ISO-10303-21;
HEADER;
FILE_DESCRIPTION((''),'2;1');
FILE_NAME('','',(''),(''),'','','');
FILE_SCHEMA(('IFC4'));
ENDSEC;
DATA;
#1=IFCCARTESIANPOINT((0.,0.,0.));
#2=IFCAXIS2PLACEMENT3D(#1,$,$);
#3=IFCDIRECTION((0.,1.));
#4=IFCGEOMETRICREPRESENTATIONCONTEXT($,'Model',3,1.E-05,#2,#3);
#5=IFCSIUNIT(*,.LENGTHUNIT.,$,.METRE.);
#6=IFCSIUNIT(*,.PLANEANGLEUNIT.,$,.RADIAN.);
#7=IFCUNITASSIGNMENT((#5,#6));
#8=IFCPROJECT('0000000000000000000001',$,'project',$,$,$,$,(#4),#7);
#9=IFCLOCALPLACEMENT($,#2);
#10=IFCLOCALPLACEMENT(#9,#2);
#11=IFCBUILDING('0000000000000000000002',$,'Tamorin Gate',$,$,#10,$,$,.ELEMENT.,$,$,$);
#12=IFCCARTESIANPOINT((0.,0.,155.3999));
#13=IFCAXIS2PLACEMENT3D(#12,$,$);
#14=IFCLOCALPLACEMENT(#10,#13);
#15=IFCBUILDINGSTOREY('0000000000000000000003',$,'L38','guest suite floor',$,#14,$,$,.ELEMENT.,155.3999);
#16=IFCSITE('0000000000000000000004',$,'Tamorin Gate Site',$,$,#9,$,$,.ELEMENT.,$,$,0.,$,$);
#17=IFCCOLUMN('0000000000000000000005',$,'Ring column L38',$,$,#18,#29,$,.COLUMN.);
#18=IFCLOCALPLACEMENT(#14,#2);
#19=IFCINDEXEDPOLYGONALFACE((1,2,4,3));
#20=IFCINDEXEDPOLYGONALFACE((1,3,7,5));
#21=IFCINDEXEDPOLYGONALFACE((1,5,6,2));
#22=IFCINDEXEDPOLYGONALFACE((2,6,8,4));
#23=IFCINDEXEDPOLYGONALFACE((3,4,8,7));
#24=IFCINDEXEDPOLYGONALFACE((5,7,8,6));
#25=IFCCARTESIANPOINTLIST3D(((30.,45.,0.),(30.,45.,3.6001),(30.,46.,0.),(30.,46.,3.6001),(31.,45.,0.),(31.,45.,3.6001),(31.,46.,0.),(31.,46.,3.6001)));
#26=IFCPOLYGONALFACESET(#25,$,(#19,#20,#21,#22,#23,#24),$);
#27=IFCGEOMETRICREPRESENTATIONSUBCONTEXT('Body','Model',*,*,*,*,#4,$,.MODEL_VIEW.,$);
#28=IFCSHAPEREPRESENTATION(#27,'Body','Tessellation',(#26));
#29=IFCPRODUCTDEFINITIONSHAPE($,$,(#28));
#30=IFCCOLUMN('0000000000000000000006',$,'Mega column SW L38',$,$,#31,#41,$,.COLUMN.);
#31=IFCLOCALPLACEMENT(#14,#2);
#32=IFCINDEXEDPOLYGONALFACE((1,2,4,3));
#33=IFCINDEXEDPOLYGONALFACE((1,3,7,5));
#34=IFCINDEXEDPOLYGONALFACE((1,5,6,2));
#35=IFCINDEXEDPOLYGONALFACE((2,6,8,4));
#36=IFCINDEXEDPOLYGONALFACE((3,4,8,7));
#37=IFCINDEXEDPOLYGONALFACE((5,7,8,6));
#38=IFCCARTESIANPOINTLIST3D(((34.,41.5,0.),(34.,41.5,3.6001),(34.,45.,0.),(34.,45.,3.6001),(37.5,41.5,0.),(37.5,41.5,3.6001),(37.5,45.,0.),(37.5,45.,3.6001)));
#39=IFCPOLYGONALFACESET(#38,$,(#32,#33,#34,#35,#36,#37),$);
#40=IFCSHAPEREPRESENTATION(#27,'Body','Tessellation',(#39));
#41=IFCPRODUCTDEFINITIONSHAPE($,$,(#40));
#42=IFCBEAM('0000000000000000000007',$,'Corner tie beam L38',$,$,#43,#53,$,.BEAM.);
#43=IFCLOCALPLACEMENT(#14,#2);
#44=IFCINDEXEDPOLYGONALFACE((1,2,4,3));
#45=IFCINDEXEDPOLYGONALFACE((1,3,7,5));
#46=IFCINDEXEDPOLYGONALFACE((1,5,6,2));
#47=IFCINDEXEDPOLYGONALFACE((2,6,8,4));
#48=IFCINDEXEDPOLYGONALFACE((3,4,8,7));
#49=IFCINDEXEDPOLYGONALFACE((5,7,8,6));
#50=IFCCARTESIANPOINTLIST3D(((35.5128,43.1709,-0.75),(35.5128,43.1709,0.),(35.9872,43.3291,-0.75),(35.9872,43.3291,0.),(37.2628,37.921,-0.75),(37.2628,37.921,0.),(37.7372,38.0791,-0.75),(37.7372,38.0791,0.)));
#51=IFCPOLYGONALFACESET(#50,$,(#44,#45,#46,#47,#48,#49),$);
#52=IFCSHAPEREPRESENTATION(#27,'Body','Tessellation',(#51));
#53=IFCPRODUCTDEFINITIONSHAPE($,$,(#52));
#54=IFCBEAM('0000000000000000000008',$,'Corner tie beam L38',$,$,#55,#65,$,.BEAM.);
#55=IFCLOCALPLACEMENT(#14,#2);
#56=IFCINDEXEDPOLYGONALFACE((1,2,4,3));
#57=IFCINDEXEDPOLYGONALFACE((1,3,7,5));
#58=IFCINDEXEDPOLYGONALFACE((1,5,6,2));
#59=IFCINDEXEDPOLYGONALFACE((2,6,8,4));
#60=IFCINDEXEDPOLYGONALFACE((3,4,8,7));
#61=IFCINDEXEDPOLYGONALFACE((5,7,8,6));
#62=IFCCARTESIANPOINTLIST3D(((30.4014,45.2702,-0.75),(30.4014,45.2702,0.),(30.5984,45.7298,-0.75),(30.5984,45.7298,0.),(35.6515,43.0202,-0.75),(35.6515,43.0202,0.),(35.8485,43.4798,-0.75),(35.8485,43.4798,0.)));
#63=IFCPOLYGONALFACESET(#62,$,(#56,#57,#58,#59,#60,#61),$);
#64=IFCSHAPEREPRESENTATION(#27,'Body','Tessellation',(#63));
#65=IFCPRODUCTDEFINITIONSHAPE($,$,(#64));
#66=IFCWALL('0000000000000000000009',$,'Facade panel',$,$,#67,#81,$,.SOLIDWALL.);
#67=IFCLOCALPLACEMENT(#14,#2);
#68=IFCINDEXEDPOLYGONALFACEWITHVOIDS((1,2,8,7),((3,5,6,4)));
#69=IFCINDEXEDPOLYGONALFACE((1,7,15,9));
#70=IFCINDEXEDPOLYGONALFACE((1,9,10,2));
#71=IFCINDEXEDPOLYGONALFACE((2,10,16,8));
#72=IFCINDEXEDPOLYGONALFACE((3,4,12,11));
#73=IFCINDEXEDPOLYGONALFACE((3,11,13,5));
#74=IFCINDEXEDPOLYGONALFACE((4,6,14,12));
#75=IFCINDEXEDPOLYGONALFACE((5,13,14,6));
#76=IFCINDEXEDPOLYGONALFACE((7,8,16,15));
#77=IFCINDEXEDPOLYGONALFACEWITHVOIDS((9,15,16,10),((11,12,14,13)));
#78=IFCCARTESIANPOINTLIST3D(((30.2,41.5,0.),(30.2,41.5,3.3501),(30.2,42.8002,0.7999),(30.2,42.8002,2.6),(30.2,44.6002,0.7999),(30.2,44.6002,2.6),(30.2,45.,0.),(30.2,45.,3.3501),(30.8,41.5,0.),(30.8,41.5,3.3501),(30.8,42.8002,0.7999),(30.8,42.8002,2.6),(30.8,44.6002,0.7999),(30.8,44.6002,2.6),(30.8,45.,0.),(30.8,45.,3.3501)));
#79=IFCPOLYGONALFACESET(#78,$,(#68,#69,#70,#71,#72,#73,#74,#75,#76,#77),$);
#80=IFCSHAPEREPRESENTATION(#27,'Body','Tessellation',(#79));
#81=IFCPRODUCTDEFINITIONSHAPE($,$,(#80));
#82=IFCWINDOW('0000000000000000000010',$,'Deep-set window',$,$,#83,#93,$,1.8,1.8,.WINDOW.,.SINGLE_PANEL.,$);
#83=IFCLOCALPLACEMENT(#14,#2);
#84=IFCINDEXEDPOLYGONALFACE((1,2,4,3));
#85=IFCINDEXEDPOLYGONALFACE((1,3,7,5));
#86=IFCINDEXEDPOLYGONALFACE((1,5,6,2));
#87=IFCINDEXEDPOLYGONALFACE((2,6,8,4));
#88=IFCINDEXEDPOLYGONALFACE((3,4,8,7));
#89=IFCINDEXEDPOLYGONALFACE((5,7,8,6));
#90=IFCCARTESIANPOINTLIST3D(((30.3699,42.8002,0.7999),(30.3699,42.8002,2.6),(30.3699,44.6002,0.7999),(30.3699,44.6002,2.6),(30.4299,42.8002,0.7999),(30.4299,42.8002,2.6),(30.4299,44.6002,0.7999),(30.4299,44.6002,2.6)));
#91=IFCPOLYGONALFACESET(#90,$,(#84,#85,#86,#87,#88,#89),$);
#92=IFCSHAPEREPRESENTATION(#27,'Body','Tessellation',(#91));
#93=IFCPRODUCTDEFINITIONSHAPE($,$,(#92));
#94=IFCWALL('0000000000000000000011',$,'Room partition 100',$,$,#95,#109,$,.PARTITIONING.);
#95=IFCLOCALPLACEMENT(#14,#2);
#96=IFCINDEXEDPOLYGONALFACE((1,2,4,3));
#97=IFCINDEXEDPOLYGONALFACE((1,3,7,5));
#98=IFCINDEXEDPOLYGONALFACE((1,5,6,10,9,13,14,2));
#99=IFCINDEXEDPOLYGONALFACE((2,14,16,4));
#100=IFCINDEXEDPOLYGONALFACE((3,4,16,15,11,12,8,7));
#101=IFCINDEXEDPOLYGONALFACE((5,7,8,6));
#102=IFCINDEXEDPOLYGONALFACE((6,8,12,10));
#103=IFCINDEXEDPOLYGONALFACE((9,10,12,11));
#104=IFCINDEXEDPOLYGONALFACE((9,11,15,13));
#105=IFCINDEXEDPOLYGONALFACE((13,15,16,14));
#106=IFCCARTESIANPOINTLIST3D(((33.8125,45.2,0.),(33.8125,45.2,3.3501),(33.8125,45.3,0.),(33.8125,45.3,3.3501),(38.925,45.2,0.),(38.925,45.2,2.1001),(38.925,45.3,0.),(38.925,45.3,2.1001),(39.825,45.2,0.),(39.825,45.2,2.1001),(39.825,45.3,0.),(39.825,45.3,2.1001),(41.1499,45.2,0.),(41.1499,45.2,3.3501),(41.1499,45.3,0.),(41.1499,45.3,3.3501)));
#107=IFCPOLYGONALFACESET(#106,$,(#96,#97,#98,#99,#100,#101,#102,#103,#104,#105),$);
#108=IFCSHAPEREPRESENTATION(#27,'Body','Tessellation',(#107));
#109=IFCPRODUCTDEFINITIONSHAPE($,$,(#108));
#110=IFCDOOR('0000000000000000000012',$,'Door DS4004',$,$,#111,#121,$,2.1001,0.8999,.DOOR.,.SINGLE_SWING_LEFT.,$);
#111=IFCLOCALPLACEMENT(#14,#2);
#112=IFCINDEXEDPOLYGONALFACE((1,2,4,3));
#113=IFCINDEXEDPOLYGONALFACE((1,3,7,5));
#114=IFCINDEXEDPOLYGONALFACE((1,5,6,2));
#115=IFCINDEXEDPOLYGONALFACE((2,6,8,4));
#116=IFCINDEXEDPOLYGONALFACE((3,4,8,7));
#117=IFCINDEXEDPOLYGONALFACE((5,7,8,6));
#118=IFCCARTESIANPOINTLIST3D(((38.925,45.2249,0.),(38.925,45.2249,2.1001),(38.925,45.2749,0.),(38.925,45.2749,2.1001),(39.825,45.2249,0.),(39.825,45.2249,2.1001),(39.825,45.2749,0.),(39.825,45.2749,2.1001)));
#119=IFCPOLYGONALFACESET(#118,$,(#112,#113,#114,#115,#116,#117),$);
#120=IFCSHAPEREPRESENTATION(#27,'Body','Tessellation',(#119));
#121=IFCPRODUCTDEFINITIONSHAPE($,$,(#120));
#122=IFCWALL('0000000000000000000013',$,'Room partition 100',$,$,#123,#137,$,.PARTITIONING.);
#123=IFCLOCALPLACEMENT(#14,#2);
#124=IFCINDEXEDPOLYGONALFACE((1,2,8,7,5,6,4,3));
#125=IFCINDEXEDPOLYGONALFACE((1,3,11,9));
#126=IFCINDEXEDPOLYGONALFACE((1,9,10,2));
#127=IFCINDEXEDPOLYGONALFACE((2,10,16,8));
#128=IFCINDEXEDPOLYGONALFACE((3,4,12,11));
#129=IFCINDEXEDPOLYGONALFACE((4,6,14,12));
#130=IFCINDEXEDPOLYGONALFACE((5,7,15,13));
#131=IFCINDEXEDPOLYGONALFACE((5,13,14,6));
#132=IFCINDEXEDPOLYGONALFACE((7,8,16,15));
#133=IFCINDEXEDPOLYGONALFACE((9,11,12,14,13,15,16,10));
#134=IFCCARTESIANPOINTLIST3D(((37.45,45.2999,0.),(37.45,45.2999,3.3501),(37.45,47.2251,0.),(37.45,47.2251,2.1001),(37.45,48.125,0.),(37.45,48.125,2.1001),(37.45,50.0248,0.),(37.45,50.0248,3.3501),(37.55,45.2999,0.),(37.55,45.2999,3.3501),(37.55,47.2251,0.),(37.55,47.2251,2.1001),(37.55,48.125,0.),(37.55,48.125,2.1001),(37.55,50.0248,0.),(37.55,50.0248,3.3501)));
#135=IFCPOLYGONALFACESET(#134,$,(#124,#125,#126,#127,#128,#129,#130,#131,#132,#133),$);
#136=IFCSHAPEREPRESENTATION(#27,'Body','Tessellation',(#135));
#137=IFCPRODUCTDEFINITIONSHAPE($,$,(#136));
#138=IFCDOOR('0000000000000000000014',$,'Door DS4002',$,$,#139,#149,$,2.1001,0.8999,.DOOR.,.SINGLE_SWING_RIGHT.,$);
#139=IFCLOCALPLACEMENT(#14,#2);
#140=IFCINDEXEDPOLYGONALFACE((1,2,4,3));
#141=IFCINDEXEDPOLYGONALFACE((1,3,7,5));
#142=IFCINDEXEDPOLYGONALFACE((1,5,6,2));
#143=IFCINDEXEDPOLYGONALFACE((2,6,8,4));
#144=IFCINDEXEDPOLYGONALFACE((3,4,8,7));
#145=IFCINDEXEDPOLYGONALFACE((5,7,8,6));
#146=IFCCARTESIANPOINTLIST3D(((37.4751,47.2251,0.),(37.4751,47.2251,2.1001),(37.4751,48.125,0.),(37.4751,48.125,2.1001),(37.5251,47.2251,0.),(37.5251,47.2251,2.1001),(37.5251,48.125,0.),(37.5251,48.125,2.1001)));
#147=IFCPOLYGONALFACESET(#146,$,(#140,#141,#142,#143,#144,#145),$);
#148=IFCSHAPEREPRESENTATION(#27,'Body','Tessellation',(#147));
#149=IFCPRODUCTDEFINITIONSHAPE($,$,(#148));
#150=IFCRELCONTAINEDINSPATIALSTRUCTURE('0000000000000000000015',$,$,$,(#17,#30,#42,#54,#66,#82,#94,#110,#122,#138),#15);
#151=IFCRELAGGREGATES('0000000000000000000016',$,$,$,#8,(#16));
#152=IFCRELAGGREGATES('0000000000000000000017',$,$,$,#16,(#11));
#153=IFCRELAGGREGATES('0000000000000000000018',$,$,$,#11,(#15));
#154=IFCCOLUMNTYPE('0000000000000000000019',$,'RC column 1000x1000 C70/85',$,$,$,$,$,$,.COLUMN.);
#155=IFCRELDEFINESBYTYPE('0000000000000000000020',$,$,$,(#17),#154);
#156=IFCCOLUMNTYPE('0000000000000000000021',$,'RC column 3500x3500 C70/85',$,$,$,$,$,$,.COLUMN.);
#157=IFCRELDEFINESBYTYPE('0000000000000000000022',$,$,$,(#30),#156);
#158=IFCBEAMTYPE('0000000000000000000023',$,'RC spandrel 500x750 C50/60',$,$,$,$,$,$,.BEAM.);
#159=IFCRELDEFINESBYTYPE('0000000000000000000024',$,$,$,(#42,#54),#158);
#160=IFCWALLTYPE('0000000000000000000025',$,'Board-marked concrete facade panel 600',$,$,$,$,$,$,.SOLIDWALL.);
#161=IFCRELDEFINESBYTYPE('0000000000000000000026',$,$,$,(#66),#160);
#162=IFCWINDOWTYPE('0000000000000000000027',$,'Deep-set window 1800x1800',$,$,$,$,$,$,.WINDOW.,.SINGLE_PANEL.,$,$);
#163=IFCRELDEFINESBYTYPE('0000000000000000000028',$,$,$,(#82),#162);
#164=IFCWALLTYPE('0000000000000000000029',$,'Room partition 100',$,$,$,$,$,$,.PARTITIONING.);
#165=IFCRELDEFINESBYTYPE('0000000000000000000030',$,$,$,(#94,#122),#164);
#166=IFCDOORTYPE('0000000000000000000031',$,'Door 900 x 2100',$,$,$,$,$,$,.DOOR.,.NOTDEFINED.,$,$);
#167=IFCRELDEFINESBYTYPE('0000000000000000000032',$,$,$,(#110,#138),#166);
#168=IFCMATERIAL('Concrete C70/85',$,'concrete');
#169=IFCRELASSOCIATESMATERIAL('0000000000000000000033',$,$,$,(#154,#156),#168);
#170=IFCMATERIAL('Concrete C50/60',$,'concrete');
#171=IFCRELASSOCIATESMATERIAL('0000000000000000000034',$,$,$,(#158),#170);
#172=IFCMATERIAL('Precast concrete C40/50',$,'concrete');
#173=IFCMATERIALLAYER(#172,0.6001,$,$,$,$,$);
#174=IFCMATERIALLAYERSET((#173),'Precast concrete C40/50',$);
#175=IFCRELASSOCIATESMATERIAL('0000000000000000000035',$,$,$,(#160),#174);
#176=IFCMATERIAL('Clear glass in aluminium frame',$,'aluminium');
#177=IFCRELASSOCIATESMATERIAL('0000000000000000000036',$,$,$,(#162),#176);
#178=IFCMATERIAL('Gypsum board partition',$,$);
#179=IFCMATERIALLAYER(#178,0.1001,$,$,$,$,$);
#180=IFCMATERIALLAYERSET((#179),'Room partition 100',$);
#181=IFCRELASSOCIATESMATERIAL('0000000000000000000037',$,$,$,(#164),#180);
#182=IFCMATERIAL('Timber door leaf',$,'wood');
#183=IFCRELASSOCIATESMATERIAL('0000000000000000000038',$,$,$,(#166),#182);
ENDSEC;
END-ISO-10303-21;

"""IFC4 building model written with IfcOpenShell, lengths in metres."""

from ifc_helpers import new_model, si_unit, direction, frame, frame_2d, origin, origin_2d, place, context, subcontext, project, spatial, rectangle, extrude, material, layer, layer_set, material_profile, profile_set, type_object, element, fill, save


model = new_model("IFC4")

# Units and contexts
model_context = context("Model", 3, precision=1e-05, world=origin(), true_north=direction((0.0, 1.0)))
body_context = subcontext(model_context, "Body", "Model", "MODEL_VIEW")
ifc_project = project(units=[si_unit("LENGTHUNIT", "METRE"), si_unit("PLANEANGLEUNIT", "RADIAN")], contexts=[model_context])

# Site, building, storey
site_placement = place(None, origin())
site = spatial("IfcSite", under=ifc_project, at=site_placement, Name="Tamorin Gate Site", CompositionType="ELEMENT", RefElevation=0.0)
building_placement = place(site_placement, origin())
building = spatial("IfcBuilding", under=site, at=building_placement, Name="Tamorin Gate", CompositionType="ELEMENT")
storey_placement = place(building_placement, frame((0.0, 0.0, 155.3999)))
storey = spatial("IfcBuildingStorey", under=building, at=storey_placement, Name="L38", Description="guest suite floor", CompositionType="ELEMENT", Elevation=155.3999)

# Columns
ifc_material_1 = material(Name="Concrete C70/85", Category="concrete")
ifc_material_profile_1 = material_profile(ifc_material_1, rectangle(XDim=1.0, YDim=1.0, at=origin_2d()), Name="RC 1000x1000")
ifc_profile_set_1 = profile_set([ifc_material_profile_1], Name="Concrete C70/85")
column_type_1 = type_object("IfcColumnType", Name="RC column 1000x1000 C70/85", PredefinedType="COLUMN", material=ifc_profile_set_1)
column_1_placement = place(storey_placement, frame((30.5, 45.5, 0.0), z_axis=(0.0, 0.0, 1.0), x_axis=(1.0, 0.0, 0.0)))
element("IfcColumn", 1, at=column_1_placement, inside=storey, type_object=column_type_1, Name="Ring column L38", PredefinedType="COLUMN", context=body_context, shape_type="SweptSolid", body=[
    extrude(rectangle(XDim=1.0, YDim=1.0, at=origin_2d()), origin(), (0.0, 0.0, 1.0), 3.6001),
])
ifc_material_profile_2 = material_profile(ifc_material_1, rectangle(XDim=3.5, YDim=3.5, at=origin_2d()), Name="RC 3500x3500")
ifc_profile_set_2 = profile_set([ifc_material_profile_2], Name="Concrete C70/85")
column_type_2 = type_object("IfcColumnType", Name="RC column 3500x3500 C70/85", PredefinedType="COLUMN", material=ifc_profile_set_2)
column_2_placement = place(storey_placement, frame((35.75, 43.25, 0.0), z_axis=(0.0, 0.0, 1.0), x_axis=(1.0, 0.0, 0.0)))
element("IfcColumn", 2, at=column_2_placement, inside=storey, type_object=column_type_2, Name="Mega column SW L38", PredefinedType="COLUMN", context=body_context, shape_type="SweptSolid", body=[
    extrude(rectangle(XDim=3.5, YDim=3.5, at=origin_2d()), origin(), (0.0, 0.0, 1.0), 3.6001),
])

# Beams
ifc_material_2 = material(Name="Concrete C50/60", Category="concrete")
ifc_material_profile_3 = material_profile(ifc_material_2, rectangle(XDim=0.5, YDim=0.75, at=origin_2d()), Name="RC 500x750")
ifc_profile_set_3 = profile_set([ifc_material_profile_3], Name="Concrete C50/60")
beam_type = type_object("IfcBeamType", Name="RC spandrel 500x750 C50/60", PredefinedType="BEAM", material=ifc_profile_set_3)
beam_1_placement = place(storey_placement, frame((35.75, 43.25, -0.375), z_axis=(0.316228, -0.948683, 0.0), x_axis=(0.948683, 0.316228, 0.0)))
element("IfcBeam", 3, at=beam_1_placement, inside=storey, type_object=beam_type, Name="Corner tie beam L38", PredefinedType="BEAM", context=body_context, shape_type="SweptSolid", body=[
    extrude(rectangle(XDim=0.5, YDim=0.75, at=origin_2d()), origin(), (0.0, 0.0, 1.0), 5.5339),
])
beam_2_placement = place(storey_placement, frame((35.75, 43.25, -0.375), z_axis=(-0.919145, 0.393919, 0.0), x_axis=(-0.393919, -0.919145, 0.0)))
element("IfcBeam", 4, at=beam_2_placement, inside=storey, type_object=beam_type, Name="Corner tie beam L38", PredefinedType="BEAM", context=body_context, shape_type="SweptSolid", body=[
    extrude(rectangle(XDim=0.5, YDim=0.75, at=origin_2d()), origin(), (0.0, 0.0, 1.0), 5.7119),
])

# Wall, opening, window
ifc_material_3 = material(Name="Precast concrete C40/50", Category="concrete")
ifc_layer_1 = layer(ifc_material_3, 0.6001)
ifc_layer_set_1 = layer_set([ifc_layer_1], Name="Precast concrete C40/50")
wall_type_1 = type_object("IfcWallType", Name="Board-marked concrete facade panel 600", PredefinedType="SOLIDWALL", material=ifc_layer_set_1)
wall_1_placement = place(storey_placement, frame((30.5, 45.0, 0.0), z_axis=(0.0, 0.0, 1.0), x_axis=(0.0, -1.0, 0.0)))
wall_1 = element("IfcWall", 5, at=wall_1_placement, inside=storey, type_object=wall_type_1, Name="Facade panel", PredefinedType="SOLIDWALL", context=body_context, shape_type="SweptSolid", body=[
    extrude(rectangle(XDim=3.5, YDim=0.6001, at=frame_2d((1.75, 0.0))), origin(), (0.0, 0.0, 1.0), 3.3501),
])
opening_1_placement = place(wall_1_placement, frame((0.3999, 0.0, 0.8)))
opening_1 = element("IfcOpeningElement", 6, at=opening_1_placement, cuts=wall_1, PredefinedType="OPENING", context=body_context, shape_type="SweptSolid", body=[
    extrude(rectangle(XDim=1.8, YDim=1.8, at=frame_2d((0.8999, 0.8999))), frame((0.0, 0.3101, 0.0), z_axis=(0.0, -1.0, 0.0), x_axis=(1.0, 0.0, 0.0)), (0.0, 0.0, 1.0), 0.6201),
])
ifc_material_4 = material(Name="Clear glass in aluminium frame", Category="aluminium")
window_type = type_object("IfcWindowType", Name="Deep-set window 1800x1800", PartitioningType="SINGLE_PANEL", PredefinedType="WINDOW", material=ifc_material_4)
window_placement = place(opening_1_placement, origin())
window = element("IfcWindow", 7, at=window_placement, inside=storey, type_object=window_type, Name="Deep-set window", OverallHeight=1.8, OverallWidth=1.8, PartitioningType="SINGLE_PANEL", PredefinedType="WINDOW", context=body_context, shape_type="SweptSolid", body=[
    extrude(rectangle(XDim=1.8, YDim=1.8, at=frame_2d((0.8999, 0.8999))), frame((0.0, -0.0701, 0.0), z_axis=(0.0, -1.0, 0.0), x_axis=(1.0, 0.0, 0.0)), (0.0, 0.0, 1.0), 0.0601),
])
fill(opening_1, window)

# Walls, openings, doors
ifc_material_5 = material(Name="Gypsum board partition")
ifc_layer_2 = layer(ifc_material_5, 0.1001)
ifc_layer_set_2 = layer_set([ifc_layer_2], Name="Room partition 100")
wall_type_2 = type_object("IfcWallType", Name="Room partition 100", PredefinedType="PARTITIONING", material=ifc_layer_set_2)
wall_2_placement = place(storey_placement, frame((33.8125, 45.25, 0.0), z_axis=(0.0, 0.0, 1.0), x_axis=(1.0, 0.0, 0.0)))
wall_2 = element("IfcWall", 8, at=wall_2_placement, inside=storey, type_object=wall_type_2, Name="Room partition 100", PredefinedType="PARTITIONING", context=body_context, shape_type="SweptSolid", body=[
    extrude(rectangle(XDim=7.3374, YDim=0.1001, at=frame_2d((3.6687, 0.0))), origin(), (0.0, 0.0, 1.0), 3.3501),
])
opening_2_placement = place(wall_2_placement, frame((5.1125, 0.0, 0.0)))
opening_2 = element("IfcOpeningElement", 9, at=opening_2_placement, cuts=wall_2, PredefinedType="OPENING", context=body_context, shape_type="SweptSolid", body=[
    extrude(rectangle(XDim=0.8999, YDim=2.1001, at=frame_2d((0.45, 1.05))), frame((0.0, 0.0601, 0.0), z_axis=(0.0, -1.0, 0.0), x_axis=(1.0, 0.0, 0.0)), (0.0, 0.0, 1.0), 0.1201),
])
ifc_material_6 = material(Name="Timber door leaf", Category="wood")
door_type = type_object("IfcDoorType", Name="Door 900 x 2100", OperationType="NOTDEFINED", PredefinedType="DOOR", material=ifc_material_6)
door_1_placement = place(opening_2_placement, origin())
door_1 = element("IfcDoor", 10, at=door_1_placement, inside=storey, type_object=door_type, Name="Door DS4004", OperationType="SINGLE_SWING_LEFT", OverallHeight=2.1001, OverallWidth=0.8999, PredefinedType="DOOR", context=body_context, shape_type="SweptSolid", body=[
    extrude(rectangle(XDim=0.8999, YDim=2.1001, at=frame_2d((0.45, 1.05))), frame((0.0, 0.0249, 0.0), z_axis=(0.0, -1.0, 0.0), x_axis=(1.0, 0.0, 0.0)), (0.0, 0.0, 1.0), 0.05),
])
fill(opening_2, door_1)
wall_3_placement = place(storey_placement, frame((37.5, 45.3, 0.0), z_axis=(0.0, 0.0, 1.0), x_axis=(0.0, 1.0, 0.0)))
wall_3 = element("IfcWall", 11, at=wall_3_placement, inside=storey, type_object=wall_type_2, Name="Room partition 100", PredefinedType="PARTITIONING", context=body_context, shape_type="SweptSolid", body=[
    extrude(rectangle(XDim=4.7249, YDim=0.1001, at=frame_2d((2.3623, 0.0))), origin(), (0.0, 0.0, 1.0), 3.3501),
])
opening_3_placement = place(wall_3_placement, frame((1.925, 0.0, 0.0)))
opening_3 = element("IfcOpeningElement", 12, at=opening_3_placement, cuts=wall_3, PredefinedType="OPENING", context=body_context, shape_type="SweptSolid", body=[
    extrude(rectangle(XDim=0.8999, YDim=2.1001, at=frame_2d((0.45, 1.05))), frame((0.0, 0.0601, 0.0), z_axis=(0.0, -1.0, 0.0), x_axis=(1.0, 0.0, 0.0)), (0.0, 0.0, 1.0), 0.1201),
])
door_2_placement = place(opening_3_placement, origin())
door_2 = element("IfcDoor", 13, at=door_2_placement, inside=storey, type_object=door_type, Name="Door DS4002", OperationType="SINGLE_SWING_RIGHT", OverallHeight=2.1001, OverallWidth=0.8999, PredefinedType="DOOR", context=body_context, shape_type="SweptSolid", body=[
    extrude(rectangle(XDim=0.8999, YDim=2.1001, at=frame_2d((0.45, 1.05))), frame((0.0, 0.0249, 0.0), z_axis=(0.0, -1.0, 0.0), x_axis=(1.0, 0.0, 0.0)), (0.0, 0.0, 1.0), 0.05),
])
fill(opening_3, door_2)

save(model, "model.ifc")
